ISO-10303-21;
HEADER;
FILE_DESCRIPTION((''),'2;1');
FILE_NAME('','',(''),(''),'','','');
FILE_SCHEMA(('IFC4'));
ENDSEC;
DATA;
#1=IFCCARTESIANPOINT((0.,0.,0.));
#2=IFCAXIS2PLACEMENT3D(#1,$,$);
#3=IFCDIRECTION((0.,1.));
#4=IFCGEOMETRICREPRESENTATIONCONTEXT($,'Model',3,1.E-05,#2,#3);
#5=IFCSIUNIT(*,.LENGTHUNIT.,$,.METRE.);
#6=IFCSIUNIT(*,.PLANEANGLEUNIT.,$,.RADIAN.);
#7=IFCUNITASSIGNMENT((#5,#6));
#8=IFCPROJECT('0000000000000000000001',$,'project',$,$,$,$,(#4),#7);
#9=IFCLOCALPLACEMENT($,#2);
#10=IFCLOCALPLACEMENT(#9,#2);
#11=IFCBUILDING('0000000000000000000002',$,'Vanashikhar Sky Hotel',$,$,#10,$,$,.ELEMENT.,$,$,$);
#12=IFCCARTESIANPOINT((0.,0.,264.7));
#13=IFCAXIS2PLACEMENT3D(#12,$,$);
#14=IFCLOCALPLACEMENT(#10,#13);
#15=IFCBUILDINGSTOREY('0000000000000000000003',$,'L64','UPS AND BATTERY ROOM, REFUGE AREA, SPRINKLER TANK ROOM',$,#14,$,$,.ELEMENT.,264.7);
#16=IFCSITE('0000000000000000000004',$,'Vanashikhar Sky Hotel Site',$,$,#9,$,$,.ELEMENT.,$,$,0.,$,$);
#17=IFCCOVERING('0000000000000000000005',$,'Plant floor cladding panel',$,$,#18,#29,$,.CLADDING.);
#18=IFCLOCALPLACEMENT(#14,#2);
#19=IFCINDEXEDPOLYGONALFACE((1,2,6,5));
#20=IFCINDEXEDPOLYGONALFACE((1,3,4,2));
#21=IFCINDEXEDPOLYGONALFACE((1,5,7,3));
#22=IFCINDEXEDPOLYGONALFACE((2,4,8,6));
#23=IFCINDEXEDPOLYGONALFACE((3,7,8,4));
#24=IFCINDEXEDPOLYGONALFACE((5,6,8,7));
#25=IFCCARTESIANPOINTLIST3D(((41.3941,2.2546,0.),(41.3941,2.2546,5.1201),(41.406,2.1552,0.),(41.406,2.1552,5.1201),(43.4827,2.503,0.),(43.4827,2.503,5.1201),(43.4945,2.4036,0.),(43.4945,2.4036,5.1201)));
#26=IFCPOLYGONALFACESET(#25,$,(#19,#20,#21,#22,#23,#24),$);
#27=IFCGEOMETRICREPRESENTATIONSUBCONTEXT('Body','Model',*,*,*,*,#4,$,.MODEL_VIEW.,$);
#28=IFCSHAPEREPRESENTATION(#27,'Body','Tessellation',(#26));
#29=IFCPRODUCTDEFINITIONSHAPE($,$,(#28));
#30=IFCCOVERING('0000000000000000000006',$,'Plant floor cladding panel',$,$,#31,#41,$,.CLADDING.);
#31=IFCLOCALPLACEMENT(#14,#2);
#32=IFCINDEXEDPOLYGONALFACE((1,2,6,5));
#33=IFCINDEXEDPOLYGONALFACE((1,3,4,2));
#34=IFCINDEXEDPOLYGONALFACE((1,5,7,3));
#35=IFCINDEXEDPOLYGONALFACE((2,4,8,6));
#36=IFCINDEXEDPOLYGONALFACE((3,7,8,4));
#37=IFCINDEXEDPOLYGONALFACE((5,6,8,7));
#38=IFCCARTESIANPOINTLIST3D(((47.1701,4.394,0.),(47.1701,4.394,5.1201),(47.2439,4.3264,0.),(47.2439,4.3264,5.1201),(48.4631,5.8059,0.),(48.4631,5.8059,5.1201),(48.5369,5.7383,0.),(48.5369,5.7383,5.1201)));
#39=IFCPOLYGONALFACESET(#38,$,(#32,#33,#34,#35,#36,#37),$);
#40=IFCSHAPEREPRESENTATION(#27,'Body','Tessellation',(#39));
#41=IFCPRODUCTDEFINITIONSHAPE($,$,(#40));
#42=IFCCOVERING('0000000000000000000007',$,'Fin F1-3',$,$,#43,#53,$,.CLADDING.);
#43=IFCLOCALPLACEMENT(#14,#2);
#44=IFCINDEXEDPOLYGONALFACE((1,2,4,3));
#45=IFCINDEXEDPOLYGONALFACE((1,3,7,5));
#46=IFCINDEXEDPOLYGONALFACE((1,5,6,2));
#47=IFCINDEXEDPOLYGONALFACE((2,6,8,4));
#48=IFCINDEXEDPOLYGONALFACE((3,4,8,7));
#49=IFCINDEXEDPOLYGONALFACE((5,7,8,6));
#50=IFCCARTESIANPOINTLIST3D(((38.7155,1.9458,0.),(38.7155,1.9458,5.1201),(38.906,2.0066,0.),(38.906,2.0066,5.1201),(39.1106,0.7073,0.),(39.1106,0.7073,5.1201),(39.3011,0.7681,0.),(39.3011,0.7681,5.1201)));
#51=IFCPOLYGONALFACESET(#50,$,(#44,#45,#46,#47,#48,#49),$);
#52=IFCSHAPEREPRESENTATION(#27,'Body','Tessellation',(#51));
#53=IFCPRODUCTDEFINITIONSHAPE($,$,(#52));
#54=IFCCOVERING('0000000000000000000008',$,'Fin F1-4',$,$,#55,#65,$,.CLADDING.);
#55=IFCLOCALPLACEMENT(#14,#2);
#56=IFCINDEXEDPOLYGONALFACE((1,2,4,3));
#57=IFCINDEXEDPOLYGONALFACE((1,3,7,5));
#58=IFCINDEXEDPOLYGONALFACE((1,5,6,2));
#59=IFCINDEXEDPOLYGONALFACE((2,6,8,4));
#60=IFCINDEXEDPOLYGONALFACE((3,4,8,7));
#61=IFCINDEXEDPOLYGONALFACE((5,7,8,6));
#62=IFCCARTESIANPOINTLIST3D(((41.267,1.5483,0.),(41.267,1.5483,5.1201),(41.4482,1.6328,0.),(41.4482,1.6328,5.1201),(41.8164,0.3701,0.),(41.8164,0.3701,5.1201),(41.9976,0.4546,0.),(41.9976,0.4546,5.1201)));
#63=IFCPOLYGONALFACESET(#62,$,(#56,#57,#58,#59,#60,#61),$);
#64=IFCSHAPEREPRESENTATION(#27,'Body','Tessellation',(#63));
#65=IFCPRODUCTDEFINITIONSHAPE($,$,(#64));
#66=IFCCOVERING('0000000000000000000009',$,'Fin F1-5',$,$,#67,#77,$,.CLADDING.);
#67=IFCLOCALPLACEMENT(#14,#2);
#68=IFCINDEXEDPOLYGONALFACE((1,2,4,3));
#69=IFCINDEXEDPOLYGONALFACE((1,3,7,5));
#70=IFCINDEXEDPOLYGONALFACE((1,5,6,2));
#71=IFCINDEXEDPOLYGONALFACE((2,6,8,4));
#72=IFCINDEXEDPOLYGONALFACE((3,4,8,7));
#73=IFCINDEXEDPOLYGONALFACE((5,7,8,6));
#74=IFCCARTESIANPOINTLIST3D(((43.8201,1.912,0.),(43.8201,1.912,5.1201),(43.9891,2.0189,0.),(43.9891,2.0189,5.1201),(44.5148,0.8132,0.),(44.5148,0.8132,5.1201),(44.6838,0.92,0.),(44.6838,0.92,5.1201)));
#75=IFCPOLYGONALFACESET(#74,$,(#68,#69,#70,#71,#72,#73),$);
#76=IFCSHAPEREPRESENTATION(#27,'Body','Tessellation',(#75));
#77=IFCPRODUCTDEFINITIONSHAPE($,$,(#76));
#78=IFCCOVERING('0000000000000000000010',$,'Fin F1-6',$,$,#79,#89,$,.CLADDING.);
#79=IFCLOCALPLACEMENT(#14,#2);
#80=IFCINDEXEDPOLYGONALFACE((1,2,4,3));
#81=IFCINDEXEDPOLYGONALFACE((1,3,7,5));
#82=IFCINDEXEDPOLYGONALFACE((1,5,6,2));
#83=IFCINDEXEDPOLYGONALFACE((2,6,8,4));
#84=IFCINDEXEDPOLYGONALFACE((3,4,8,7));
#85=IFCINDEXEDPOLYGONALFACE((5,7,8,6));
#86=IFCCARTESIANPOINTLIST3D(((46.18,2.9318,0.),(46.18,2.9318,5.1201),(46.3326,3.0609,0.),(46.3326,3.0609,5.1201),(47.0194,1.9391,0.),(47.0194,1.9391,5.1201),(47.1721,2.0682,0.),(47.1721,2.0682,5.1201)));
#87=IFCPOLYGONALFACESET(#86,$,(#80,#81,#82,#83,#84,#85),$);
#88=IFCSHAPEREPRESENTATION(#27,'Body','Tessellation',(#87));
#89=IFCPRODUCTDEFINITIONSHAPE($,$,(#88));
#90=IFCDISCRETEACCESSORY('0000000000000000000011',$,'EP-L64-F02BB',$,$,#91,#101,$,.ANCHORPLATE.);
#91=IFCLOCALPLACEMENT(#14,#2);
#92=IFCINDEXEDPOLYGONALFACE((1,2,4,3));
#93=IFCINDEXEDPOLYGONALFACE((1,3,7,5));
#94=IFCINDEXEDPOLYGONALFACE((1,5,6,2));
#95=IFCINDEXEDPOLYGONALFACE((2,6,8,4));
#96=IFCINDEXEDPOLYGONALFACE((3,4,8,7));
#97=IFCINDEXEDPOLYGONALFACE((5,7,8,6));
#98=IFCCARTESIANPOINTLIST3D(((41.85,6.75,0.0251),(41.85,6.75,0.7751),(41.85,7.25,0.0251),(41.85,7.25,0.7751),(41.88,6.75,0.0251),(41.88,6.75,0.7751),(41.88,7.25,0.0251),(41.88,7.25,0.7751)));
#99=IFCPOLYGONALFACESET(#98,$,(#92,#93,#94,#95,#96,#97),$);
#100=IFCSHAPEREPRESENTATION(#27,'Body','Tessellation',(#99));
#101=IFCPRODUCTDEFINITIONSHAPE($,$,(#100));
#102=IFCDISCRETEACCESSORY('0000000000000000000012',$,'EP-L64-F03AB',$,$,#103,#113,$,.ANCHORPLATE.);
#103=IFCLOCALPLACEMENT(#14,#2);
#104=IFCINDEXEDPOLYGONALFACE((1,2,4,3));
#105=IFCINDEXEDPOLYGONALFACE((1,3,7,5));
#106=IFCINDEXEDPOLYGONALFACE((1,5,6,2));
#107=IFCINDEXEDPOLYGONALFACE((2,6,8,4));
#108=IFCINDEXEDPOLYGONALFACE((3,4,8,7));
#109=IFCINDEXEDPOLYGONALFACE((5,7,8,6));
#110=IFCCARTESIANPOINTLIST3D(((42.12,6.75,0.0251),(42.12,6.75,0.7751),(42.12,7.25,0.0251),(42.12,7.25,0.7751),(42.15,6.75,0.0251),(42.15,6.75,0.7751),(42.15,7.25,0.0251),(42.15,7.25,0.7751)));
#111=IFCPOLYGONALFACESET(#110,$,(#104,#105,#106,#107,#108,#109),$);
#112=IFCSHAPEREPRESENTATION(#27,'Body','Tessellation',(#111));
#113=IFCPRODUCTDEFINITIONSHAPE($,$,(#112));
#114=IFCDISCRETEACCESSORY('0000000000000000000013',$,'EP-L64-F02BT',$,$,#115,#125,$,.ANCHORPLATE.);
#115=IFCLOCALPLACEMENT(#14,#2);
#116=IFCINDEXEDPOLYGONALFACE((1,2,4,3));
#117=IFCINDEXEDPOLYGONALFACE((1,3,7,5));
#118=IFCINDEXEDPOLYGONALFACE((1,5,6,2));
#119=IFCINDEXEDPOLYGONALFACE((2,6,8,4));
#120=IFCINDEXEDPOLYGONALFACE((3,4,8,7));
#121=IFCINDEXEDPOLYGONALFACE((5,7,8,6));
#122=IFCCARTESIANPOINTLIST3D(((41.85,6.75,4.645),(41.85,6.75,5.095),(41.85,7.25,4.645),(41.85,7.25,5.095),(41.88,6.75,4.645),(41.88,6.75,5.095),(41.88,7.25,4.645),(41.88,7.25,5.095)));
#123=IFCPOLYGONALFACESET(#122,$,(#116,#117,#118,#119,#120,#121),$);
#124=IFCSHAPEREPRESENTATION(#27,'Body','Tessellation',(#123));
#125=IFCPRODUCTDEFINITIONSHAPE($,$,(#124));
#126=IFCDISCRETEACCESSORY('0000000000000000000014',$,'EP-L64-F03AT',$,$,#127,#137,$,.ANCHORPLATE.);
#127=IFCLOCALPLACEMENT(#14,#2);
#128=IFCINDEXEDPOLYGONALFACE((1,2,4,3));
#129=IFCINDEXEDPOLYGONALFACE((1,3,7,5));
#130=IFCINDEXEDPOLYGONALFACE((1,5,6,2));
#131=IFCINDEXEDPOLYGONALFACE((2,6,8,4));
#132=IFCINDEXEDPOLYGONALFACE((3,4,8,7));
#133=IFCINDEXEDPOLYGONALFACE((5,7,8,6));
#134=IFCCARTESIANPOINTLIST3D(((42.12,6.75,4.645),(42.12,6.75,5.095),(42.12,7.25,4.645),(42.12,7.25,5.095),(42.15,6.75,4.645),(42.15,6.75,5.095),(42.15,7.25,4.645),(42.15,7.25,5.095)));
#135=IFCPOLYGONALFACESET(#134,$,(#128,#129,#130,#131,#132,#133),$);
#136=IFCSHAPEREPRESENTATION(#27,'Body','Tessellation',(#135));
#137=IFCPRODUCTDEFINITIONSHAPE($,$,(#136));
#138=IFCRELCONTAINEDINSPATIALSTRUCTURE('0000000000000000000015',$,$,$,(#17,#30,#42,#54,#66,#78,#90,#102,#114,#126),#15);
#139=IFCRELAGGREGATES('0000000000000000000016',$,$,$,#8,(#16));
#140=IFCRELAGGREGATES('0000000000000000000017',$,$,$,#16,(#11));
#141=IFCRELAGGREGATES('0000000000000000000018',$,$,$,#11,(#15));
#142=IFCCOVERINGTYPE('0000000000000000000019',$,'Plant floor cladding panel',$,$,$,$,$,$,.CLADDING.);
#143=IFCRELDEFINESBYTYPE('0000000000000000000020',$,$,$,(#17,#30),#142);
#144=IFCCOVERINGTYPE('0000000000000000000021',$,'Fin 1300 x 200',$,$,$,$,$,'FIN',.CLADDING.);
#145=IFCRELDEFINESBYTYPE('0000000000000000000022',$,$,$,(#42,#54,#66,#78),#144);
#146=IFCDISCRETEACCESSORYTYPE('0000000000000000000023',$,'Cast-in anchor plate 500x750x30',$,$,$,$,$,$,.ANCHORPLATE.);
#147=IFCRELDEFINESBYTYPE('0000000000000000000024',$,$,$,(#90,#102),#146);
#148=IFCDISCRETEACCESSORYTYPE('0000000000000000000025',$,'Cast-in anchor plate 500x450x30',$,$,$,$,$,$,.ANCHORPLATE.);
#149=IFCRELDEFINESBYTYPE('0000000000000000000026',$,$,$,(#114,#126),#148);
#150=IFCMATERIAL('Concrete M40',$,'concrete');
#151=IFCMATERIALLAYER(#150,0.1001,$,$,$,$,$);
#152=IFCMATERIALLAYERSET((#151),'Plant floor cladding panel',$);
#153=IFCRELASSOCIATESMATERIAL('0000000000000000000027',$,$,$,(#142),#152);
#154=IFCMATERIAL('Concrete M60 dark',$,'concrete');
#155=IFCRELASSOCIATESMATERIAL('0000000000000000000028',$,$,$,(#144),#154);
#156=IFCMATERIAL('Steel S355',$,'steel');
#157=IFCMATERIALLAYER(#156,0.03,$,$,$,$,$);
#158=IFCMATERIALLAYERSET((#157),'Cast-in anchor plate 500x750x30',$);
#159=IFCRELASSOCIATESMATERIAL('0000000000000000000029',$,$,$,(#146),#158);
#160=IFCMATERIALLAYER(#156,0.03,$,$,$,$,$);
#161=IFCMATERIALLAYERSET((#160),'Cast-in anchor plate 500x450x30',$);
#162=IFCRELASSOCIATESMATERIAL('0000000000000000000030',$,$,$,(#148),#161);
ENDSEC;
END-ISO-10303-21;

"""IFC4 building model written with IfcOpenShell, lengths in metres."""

from ifc_helpers import new_model, si_unit, direction, frame, origin, origin_2d, place, context, subcontext, project, spatial, rectangle, extrude, source, transform, mapped, material, layer, layer_set, material_profile, profile_set, type_object, element, save


model = new_model("IFC4")

# Units and contexts
model_context = context("Model", 3, precision=1e-05, world=origin(), true_north=direction((0.0, 1.0)))
body_context = subcontext(model_context, "Body", "Model", "MODEL_VIEW")
ifc_project = project(units=[si_unit("LENGTHUNIT", "METRE"), si_unit("PLANEANGLEUNIT", "RADIAN")], contexts=[model_context])

# Site, building, storey
site_placement = place(None, origin())
site = spatial("IfcSite", under=ifc_project, at=site_placement, Name="Vanashikhar Sky Hotel Site", CompositionType="ELEMENT", RefElevation=0.0)
building_placement = place(site_placement, origin())
building = spatial("IfcBuilding", under=site, at=building_placement, Name="Vanashikhar Sky Hotel", CompositionType="ELEMENT")
storey_placement = place(building_placement, frame((0.0, 0.0, 264.7)))
storey = spatial("IfcBuildingStorey", under=building, at=storey_placement, Name="L64", Description="UPS AND BATTERY ROOM, REFUGE AREA, SPRINKLER TANK ROOM", CompositionType="ELEMENT", Elevation=264.7)

# Shared definitions
ifc_material_1 = material(Name="Steel S355", Category="steel")

# Coverings
ifc_material_2 = material(Name="Concrete M40", Category="concrete")
ifc_layer_1 = layer(ifc_material_2, 0.1001)
ifc_layer_set_1 = layer_set([ifc_layer_1], Name="Plant floor cladding panel")
covering_type_1 = type_object("IfcCoveringType", Name="Plant floor cladding panel", PredefinedType="CLADDING", material=ifc_layer_set_1)
shared_shape_1 = source(origin(), body_context, "Body", "SweptSolid", [
    extrude(rectangle(XDim=2.1033, YDim=0.1001, at=origin_2d()), origin(), (0.0, 0.0, 1.0), 5.1201),
])
for number, where, z_axis, x_axis, name in (
    (1, (42.4443, 2.3291, 0.0), (0.0, 0.0, 1.0), (0.993003, 0.118092, 0.0), "Plant floor cladding panel"),
):
    element("IfcCovering", number, at=place(storey_placement, frame(where, z_axis=z_axis, x_axis=x_axis)), inside=storey, type_object=covering_type_1, Name=name, PredefinedType="CLADDING", context=body_context, shape_type="MappedRepresentation", body=[
        mapped(shared_shape_1, transform((0.0, 0.0, 0.0), scale=1.0)),
    ])
shared_shape_2 = source(origin(), body_context, "Body", "SweptSolid", [
    extrude(rectangle(XDim=1.9146, YDim=0.1001, at=origin_2d()), origin(), (0.0, 0.0, 1.0), 5.1201),
])
covering_1_placement = place(storey_placement, frame((47.8535, 5.0662, 0.0), z_axis=(0.0, 0.0, 1.0), x_axis=(0.675371, 0.737478, 0.0)))
element("IfcCovering", 2, at=covering_1_placement, inside=storey, type_object=covering_type_1, Name="Plant floor cladding panel", PredefinedType="CLADDING", context=body_context, shape_type="MappedRepresentation", body=[
    mapped(shared_shape_2, transform((0.0, 0.0, 0.0), scale=1.0)),
])
ifc_material_3 = material(Name="Concrete M60 dark", Category="concrete")
ifc_material_profile_1 = material_profile(ifc_material_3, rectangle(XDim=1.3, YDim=0.2, at=origin_2d()))
ifc_profile_set_1 = profile_set([ifc_material_profile_1], Name="Fin 1300 x 200")
covering_type_2 = type_object("IfcCoveringType", Name="Fin 1300 x 200", ElementType="FIN", PredefinedType="CLADDING", material=ifc_profile_set_1)
shared_shape_3 = source(origin(), body_context, "Body", "SweptSolid", [
    extrude(rectangle(XDim=1.3, YDim=0.2, at=origin_2d()), origin(), (0.0, 0.0, 1.0), 5.1201),
])
for number, where, z_axis, x_axis, name in (
    (3, (39.0083, 1.3569, 0.0), (0.0, 0.0, 1.0), (0.303967, -0.952683, 0.0), "Fin F1-3"),
    (4, (41.6323, 1.0015, 0.0), (0.0, 0.0, 1.0), (0.422618, -0.906308, 0.0), "Fin F1-4"),
    (5, (44.252, 1.416, 0.0), (0.0, 0.0, 1.0), (0.534411, -0.845225, 0.0), "Fin F1-5"),
    (6, (46.676, 2.5, 0.0), (0.0, 0.0, 1.0), (0.645698, -0.763593, 0.0), "Fin F1-6"),
):
    element("IfcCovering", number, at=place(storey_placement, frame(where, z_axis=z_axis, x_axis=x_axis)), inside=storey, type_object=covering_type_2, Name=name, PredefinedType="CLADDING", context=body_context, shape_type="MappedRepresentation", body=[
        mapped(shared_shape_3, transform((0.0, 0.0, 0.0), scale=1.0)),
    ])

# Discrete accessories
ifc_layer_2 = layer(ifc_material_1, 0.03)
ifc_layer_set_2 = layer_set([ifc_layer_2], Name="Cast-in anchor plate 500x750x30")
discrete_accessory_type_1 = type_object("IfcDiscreteAccessoryType", Name="Cast-in anchor plate 500x750x30", PredefinedType="ANCHORPLATE", material=ifc_layer_set_2)
shared_shape_4 = source(origin(), body_context, "Body", "SweptSolid", [
    extrude(rectangle(XDim=0.03, YDim=0.5, at=origin_2d()), origin(), (0.0, 0.0, 1.0), 0.75),
])
for number, where, z_axis, x_axis, name in (
    (7, (41.865, 7.0, 0.0251), (0.0, 0.0, 1.0), (1.0, 0.0, 0.0), "EP-L64-F02BB"),
    (8, (42.135, 7.0, 0.0251), (0.0, 0.0, 1.0), (1.0, 0.0, 0.0), "EP-L64-F03AB"),
):
    element("IfcDiscreteAccessory", number, at=place(storey_placement, frame(where, z_axis=z_axis, x_axis=x_axis)), inside=storey, type_object=discrete_accessory_type_1, Name=name, PredefinedType="ANCHORPLATE", context=body_context, shape_type="MappedRepresentation", body=[
        mapped(shared_shape_4, transform((0.0, 0.0, 0.0), scale=1.0)),
    ])
ifc_layer_3 = layer(ifc_material_1, 0.03)
ifc_layer_set_3 = layer_set([ifc_layer_3], Name="Cast-in anchor plate 500x450x30")
discrete_accessory_type_2 = type_object("IfcDiscreteAccessoryType", Name="Cast-in anchor plate 500x450x30", PredefinedType="ANCHORPLATE", material=ifc_layer_set_3)
shared_shape_5 = source(origin(), body_context, "Body", "SweptSolid", [
    extrude(rectangle(XDim=0.03, YDim=0.5, at=origin_2d()), origin(), (0.0, 0.0, 1.0), 0.45),
])
for number, where, z_axis, x_axis, name in (
    (9, (41.865, 7.0, 4.645), (0.0, 0.0, 1.0), (1.0, 0.0, 0.0), "EP-L64-F02BT"),
    (10, (42.135, 7.0, 4.645), (0.0, 0.0, 1.0), (1.0, 0.0, 0.0), "EP-L64-F03AT"),
):
    element("IfcDiscreteAccessory", number, at=place(storey_placement, frame(where, z_axis=z_axis, x_axis=x_axis)), inside=storey, type_object=discrete_accessory_type_2, Name=name, PredefinedType="ANCHORPLATE", context=body_context, shape_type="MappedRepresentation", body=[
        mapped(shared_shape_5, transform((0.0, 0.0, 0.0), scale=1.0)),
    ])

save(model, "model.ifc")
